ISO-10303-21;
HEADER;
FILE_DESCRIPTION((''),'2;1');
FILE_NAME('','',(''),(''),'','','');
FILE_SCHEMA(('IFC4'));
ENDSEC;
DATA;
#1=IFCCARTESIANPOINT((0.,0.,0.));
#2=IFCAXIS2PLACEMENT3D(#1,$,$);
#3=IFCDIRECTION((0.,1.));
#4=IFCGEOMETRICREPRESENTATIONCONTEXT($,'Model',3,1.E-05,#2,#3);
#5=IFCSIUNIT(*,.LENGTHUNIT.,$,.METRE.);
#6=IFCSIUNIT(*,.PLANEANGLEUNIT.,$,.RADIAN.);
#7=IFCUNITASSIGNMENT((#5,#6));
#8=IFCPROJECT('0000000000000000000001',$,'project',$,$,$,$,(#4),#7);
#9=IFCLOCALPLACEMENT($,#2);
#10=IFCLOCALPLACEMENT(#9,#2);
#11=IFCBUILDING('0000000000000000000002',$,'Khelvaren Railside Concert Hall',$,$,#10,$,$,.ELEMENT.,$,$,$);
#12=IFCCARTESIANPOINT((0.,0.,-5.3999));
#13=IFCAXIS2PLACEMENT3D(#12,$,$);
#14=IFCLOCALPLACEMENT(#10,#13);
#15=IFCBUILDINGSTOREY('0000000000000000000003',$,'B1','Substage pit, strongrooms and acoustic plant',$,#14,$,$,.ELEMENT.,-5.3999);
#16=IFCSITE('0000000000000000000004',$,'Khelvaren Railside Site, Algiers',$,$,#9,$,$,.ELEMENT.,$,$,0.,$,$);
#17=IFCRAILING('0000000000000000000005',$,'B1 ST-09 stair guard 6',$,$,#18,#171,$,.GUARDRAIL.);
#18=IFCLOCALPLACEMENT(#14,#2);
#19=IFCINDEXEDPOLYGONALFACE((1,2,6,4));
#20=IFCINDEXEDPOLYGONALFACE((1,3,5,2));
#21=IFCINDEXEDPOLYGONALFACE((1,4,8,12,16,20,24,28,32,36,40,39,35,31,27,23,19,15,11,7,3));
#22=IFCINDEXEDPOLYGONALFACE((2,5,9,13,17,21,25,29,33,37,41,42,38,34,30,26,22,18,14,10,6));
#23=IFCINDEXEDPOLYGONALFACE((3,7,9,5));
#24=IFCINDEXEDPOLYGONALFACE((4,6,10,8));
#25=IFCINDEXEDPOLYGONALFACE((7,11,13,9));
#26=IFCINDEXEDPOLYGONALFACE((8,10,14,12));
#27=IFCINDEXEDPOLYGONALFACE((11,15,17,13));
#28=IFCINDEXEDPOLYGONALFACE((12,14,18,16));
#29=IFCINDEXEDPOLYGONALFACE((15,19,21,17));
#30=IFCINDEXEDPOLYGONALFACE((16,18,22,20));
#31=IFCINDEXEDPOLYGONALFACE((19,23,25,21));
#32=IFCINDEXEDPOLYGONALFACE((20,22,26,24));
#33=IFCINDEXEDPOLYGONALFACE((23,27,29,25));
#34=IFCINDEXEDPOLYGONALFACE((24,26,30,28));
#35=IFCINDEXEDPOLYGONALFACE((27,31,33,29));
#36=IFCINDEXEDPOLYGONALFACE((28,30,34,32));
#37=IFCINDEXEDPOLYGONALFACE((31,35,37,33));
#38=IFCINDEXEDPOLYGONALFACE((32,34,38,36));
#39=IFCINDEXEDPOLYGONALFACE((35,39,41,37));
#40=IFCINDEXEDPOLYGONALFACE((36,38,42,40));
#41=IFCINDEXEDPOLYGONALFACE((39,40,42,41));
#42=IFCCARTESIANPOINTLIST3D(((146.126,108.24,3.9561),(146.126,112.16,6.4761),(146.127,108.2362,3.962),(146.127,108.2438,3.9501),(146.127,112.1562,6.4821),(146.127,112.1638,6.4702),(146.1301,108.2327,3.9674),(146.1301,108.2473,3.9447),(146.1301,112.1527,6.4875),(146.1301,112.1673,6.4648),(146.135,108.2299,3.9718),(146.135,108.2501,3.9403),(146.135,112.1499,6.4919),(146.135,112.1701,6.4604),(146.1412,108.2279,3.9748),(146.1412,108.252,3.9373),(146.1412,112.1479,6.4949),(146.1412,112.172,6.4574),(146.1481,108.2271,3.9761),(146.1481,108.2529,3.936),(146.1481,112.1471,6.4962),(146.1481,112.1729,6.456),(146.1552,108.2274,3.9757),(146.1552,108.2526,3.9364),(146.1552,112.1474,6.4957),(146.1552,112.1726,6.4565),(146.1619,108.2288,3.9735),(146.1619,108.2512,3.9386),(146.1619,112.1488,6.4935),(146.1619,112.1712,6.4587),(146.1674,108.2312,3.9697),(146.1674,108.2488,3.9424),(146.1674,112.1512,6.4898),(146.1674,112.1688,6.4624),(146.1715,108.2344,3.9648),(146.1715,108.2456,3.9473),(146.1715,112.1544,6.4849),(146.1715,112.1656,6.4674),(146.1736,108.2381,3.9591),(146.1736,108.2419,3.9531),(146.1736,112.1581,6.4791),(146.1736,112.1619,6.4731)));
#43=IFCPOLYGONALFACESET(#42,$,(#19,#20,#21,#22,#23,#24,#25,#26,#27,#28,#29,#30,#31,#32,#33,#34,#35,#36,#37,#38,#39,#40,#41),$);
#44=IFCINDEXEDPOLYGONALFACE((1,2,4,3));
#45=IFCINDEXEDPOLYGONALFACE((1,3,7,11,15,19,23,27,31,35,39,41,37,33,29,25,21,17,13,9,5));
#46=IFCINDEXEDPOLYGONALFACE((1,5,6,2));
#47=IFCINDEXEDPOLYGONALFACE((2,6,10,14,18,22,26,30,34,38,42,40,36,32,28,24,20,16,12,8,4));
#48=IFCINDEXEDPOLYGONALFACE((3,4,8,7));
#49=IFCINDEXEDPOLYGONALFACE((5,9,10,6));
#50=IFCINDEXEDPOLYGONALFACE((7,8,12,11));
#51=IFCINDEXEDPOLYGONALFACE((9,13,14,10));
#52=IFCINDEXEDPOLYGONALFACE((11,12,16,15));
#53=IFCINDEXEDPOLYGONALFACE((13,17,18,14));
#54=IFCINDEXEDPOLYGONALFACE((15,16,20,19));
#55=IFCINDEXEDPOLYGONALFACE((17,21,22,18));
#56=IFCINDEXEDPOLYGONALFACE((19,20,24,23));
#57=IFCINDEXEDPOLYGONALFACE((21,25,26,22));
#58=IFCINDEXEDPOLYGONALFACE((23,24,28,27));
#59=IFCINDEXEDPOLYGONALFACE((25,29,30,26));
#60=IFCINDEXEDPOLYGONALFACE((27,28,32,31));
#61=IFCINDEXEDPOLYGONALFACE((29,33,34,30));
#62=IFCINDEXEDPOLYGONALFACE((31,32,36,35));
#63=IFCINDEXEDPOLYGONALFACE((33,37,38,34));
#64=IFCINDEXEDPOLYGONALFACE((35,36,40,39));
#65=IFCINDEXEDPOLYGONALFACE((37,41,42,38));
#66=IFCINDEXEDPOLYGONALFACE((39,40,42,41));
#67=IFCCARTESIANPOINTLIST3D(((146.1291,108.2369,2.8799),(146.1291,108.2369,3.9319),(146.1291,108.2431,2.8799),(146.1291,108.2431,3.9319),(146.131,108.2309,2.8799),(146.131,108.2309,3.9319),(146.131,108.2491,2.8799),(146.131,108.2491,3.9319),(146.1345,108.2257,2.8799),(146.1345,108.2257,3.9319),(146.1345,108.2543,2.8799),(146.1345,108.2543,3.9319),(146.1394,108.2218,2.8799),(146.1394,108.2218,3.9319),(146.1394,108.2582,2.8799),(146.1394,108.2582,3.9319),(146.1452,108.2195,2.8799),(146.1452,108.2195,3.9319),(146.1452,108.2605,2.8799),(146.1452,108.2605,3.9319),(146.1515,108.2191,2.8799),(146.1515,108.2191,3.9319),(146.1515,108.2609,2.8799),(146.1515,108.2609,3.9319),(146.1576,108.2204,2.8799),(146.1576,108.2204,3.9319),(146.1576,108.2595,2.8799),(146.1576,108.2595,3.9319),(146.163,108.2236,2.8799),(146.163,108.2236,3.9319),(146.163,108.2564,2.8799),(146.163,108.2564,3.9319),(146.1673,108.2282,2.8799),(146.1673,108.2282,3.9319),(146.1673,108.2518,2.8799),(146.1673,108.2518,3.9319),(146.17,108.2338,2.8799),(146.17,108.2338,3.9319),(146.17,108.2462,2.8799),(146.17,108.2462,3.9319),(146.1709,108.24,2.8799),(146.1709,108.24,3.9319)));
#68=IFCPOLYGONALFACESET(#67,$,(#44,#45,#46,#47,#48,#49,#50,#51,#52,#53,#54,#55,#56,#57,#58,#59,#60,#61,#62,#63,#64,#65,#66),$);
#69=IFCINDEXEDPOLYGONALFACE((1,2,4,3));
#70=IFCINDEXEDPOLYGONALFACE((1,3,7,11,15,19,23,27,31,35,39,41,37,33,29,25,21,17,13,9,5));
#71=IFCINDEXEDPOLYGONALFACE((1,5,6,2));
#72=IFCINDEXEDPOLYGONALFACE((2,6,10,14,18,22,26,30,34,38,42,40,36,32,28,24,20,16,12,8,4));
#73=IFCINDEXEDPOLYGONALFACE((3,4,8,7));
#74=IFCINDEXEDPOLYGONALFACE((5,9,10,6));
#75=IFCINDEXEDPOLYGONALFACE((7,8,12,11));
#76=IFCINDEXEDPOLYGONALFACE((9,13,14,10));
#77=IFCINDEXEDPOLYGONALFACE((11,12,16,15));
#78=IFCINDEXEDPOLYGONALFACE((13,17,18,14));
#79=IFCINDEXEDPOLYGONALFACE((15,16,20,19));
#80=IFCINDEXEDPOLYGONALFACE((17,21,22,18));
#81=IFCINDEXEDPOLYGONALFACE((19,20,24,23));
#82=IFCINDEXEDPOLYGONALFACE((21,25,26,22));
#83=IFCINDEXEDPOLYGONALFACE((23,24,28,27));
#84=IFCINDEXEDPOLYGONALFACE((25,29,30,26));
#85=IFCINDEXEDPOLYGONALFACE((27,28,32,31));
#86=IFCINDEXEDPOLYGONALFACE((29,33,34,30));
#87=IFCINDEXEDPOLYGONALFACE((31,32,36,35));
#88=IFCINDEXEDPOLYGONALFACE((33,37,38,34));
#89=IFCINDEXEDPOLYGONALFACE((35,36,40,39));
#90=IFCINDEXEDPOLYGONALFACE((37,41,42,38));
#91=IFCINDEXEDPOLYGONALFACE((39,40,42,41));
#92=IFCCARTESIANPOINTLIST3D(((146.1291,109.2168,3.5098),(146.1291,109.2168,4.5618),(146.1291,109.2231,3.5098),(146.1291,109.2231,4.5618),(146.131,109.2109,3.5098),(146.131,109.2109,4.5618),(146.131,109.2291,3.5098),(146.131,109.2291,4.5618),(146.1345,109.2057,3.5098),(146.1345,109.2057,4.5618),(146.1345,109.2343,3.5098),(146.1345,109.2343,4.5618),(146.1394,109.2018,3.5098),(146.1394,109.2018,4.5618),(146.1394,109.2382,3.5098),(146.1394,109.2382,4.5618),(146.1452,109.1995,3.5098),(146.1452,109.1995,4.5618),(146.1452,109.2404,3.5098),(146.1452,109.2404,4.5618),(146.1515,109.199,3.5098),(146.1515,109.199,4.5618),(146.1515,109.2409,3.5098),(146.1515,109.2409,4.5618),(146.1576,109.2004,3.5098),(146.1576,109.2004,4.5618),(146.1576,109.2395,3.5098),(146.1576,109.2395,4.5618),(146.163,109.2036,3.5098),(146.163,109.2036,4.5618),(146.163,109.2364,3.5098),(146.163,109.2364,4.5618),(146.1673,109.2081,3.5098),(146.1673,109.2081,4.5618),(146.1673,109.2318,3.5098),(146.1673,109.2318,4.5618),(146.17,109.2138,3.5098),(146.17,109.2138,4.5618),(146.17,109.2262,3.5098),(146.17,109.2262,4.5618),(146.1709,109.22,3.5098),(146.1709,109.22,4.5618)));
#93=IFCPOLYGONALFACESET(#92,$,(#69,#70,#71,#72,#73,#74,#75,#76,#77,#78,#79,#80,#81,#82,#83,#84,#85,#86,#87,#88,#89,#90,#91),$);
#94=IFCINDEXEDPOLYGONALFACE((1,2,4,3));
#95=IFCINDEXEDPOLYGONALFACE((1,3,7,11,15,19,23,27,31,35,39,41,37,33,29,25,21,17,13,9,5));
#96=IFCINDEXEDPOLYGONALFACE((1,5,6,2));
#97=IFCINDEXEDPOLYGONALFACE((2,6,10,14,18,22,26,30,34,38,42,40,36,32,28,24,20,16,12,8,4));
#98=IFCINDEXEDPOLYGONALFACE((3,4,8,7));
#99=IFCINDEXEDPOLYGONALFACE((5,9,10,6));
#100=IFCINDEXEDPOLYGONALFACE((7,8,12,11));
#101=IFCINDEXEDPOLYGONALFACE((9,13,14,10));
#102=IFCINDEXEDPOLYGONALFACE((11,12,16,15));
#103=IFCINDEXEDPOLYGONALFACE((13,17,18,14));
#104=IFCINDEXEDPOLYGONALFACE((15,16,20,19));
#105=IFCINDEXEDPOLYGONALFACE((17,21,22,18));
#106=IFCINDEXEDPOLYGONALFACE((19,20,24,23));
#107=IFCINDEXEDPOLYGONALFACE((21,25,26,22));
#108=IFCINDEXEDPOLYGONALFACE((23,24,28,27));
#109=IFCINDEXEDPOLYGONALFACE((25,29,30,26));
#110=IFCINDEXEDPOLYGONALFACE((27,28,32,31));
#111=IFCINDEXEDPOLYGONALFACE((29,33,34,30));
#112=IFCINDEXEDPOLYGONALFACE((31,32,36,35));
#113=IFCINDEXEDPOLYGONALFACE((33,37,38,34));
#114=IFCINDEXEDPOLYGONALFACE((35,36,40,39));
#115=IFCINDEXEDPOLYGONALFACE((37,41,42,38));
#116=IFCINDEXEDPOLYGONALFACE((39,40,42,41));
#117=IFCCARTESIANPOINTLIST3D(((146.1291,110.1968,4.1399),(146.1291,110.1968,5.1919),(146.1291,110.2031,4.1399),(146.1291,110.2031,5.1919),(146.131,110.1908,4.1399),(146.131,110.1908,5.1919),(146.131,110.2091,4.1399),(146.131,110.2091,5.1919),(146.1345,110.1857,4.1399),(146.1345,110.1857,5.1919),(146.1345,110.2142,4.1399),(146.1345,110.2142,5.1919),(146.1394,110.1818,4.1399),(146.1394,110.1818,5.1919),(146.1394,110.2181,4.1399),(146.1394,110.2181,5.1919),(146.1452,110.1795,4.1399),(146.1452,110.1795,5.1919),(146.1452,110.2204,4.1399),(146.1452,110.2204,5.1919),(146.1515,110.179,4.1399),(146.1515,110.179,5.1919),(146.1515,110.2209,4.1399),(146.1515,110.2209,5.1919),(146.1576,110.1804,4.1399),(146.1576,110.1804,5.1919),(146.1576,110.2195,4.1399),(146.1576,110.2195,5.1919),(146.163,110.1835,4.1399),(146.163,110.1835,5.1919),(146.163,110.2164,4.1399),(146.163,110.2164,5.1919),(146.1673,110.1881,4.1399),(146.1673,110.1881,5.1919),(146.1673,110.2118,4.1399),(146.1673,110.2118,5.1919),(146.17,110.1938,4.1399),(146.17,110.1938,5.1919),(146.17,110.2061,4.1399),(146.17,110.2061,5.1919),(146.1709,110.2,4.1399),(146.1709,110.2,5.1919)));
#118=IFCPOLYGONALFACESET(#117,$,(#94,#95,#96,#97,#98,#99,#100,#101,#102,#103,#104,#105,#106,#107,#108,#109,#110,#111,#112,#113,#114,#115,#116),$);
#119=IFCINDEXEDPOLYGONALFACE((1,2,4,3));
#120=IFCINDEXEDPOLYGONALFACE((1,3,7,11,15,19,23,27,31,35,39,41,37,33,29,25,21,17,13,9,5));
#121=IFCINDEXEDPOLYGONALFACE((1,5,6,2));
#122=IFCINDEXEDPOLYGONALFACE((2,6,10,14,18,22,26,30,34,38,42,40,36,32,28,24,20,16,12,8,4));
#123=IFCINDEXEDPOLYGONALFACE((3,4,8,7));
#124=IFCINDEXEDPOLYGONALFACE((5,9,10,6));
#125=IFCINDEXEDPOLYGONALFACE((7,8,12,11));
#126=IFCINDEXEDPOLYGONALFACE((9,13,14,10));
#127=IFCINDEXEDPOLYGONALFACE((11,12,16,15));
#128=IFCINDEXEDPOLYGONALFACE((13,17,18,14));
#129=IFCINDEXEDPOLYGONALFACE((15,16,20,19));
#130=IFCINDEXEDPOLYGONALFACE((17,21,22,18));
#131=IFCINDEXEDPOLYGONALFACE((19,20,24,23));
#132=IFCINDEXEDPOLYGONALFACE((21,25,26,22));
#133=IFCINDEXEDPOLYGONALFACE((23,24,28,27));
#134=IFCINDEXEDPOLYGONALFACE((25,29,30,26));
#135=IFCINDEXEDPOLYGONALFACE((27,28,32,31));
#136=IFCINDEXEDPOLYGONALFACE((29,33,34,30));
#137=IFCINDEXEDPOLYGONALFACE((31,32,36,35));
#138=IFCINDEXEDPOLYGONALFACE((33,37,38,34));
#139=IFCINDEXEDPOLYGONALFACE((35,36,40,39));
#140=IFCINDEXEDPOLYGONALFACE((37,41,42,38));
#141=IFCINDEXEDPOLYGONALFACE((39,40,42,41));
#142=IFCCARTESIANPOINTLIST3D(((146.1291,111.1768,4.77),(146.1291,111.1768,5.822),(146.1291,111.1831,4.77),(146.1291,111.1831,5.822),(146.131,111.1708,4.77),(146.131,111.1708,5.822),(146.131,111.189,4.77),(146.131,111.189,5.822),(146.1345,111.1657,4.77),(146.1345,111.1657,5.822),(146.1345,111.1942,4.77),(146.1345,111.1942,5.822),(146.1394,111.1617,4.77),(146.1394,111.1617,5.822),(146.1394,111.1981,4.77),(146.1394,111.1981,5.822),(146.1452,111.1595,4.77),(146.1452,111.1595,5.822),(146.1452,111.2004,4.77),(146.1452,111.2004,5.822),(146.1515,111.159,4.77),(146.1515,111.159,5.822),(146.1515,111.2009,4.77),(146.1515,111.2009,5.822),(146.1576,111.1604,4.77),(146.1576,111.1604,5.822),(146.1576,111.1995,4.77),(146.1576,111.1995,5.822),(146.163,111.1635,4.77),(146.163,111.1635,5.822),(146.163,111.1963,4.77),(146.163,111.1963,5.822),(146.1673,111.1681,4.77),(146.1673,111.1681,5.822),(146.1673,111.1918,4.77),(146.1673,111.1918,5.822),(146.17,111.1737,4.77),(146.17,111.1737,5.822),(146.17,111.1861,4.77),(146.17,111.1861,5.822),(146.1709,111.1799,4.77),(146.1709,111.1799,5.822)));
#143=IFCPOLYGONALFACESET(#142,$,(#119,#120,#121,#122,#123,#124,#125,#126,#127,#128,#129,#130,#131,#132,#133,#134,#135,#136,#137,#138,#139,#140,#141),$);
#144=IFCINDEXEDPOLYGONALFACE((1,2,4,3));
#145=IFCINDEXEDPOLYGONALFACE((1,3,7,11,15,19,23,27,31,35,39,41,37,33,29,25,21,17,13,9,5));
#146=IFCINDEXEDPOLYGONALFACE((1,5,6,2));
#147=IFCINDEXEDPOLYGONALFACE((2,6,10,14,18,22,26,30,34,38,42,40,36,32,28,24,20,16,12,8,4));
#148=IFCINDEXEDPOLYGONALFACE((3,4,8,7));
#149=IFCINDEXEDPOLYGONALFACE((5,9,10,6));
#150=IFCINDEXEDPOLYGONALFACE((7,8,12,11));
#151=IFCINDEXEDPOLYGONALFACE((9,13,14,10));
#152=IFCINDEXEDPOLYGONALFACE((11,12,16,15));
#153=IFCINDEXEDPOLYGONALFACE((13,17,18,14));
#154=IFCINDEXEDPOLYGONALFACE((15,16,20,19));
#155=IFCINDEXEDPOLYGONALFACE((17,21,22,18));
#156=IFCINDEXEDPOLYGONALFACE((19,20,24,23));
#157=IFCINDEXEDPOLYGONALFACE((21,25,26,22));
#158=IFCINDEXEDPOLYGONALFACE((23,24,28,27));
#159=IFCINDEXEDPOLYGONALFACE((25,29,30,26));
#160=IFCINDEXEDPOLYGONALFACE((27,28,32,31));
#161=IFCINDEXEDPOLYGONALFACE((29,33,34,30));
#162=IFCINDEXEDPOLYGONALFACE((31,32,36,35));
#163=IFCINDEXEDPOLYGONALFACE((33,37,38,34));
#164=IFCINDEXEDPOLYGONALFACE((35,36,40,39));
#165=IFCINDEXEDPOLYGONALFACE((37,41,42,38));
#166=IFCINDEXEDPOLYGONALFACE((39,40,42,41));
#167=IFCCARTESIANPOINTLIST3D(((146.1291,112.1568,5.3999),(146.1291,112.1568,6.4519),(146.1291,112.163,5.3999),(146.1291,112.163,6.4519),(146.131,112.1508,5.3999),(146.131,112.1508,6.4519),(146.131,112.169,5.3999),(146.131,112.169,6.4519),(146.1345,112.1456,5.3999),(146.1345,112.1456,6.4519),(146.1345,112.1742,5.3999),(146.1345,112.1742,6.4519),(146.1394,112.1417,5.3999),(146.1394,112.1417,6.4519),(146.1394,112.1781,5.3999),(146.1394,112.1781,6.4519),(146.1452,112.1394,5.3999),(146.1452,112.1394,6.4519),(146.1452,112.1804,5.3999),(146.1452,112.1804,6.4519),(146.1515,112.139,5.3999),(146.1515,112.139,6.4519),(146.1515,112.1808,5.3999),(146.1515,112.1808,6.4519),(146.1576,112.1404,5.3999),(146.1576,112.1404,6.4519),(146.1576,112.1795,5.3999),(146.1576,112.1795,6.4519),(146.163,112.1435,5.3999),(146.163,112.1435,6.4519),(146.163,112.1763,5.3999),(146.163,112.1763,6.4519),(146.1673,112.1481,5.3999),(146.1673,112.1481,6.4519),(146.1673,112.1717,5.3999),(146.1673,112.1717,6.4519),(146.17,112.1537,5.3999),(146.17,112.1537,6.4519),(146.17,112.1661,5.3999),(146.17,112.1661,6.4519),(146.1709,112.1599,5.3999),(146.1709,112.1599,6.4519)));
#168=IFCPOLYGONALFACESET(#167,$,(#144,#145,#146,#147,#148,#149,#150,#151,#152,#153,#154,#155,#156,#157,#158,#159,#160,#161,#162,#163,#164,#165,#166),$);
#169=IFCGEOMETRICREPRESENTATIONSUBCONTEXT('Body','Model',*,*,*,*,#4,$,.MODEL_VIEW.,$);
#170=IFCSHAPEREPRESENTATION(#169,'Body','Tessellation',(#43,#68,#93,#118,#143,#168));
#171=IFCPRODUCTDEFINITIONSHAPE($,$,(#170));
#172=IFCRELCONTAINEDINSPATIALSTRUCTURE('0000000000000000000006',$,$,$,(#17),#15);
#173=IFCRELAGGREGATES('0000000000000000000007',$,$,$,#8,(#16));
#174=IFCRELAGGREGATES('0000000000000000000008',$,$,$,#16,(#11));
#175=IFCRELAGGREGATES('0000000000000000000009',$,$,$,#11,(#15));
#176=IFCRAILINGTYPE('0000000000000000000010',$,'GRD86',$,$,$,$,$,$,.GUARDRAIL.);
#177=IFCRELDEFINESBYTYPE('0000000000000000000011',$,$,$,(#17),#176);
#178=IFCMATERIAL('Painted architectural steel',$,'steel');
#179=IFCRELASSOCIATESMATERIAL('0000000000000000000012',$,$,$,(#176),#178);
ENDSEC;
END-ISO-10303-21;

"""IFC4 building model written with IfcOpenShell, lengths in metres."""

from ifc_helpers import new_model, si_unit, direction, frame, origin, origin_2d, place, context, subcontext, project, spatial, circle, extrude, material, type_object, element, save


model = new_model("IFC4")

# Units and contexts
model_context = context("Model", 3, precision=1e-05, world=origin(), true_north=direction((0.0, 1.0)))
body_context = subcontext(model_context, "Body", "Model", "MODEL_VIEW")
ifc_project = project(units=[si_unit("LENGTHUNIT", "METRE"), si_unit("PLANEANGLEUNIT", "RADIAN")], contexts=[model_context])

# Site, building, storey
site_placement = place(None, origin())
site = spatial("IfcSite", under=ifc_project, at=site_placement, Name="Khelvaren Railside Site, Algiers", CompositionType="ELEMENT", RefElevation=0.0)
building_placement = place(site_placement, origin())
building = spatial("IfcBuilding", under=site, at=building_placement, Name="Khelvaren Railside Concert Hall", CompositionType="ELEMENT")
storey_placement = place(building_placement, frame((0.0, 0.0, -5.3999)))
storey = spatial("IfcBuildingStorey", under=building, at=storey_placement, Name="B1", Description="Substage pit, strongrooms and acoustic plant", CompositionType="ELEMENT", Elevation=-5.3999)

# Railing
ifc_material_1 = material(Name="Painted architectural steel", Category="steel")
railing_type_1 = type_object("IfcRailingType", Name="GRD86", PredefinedType="GUARDRAIL", material=ifc_material_1)
railing_1_placement = place(storey_placement, frame((146.1499, 108.24, 2.8799)))
element("IfcRailing", 1, at=railing_1_placement, inside=storey, type_object=railing_type_1, Name="B1 ST-09 stair guard 6", PredefinedType="GUARDRAIL", context=body_context, shape_type="SweptSolid", body=[
    extrude(circle(Radius=0.0239, at=origin_2d()), frame((0.0, 0.0, 1.0762), z_axis=(0.0, 0.841172, 0.540768), x_axis=(-1.0, 0.0, 0.0)), (0.0, 0.0, 1.0), 4.6602),
    extrude(circle(Radius=0.021, at=origin_2d()), origin(), (0.0, 0.0, 1.0), 1.052),
    extrude(circle(Radius=0.021, at=origin_2d()), frame((0.0, 0.98, 0.6299)), (0.0, 0.0, 1.0), 1.052),
    extrude(circle(Radius=0.021, at=origin_2d()), frame((0.0, 1.96, 1.26)), (0.0, 0.0, 1.0), 1.052),
    extrude(circle(Radius=0.021, at=origin_2d()), frame((0.0, 2.9399, 1.8901)), (0.0, 0.0, 1.0), 1.052),
    extrude(circle(Radius=0.021, at=origin_2d()), frame((0.0, 3.9199, 2.52)), (0.0, 0.0, 1.0), 1.052),
])

save(model, "model.ifc")
